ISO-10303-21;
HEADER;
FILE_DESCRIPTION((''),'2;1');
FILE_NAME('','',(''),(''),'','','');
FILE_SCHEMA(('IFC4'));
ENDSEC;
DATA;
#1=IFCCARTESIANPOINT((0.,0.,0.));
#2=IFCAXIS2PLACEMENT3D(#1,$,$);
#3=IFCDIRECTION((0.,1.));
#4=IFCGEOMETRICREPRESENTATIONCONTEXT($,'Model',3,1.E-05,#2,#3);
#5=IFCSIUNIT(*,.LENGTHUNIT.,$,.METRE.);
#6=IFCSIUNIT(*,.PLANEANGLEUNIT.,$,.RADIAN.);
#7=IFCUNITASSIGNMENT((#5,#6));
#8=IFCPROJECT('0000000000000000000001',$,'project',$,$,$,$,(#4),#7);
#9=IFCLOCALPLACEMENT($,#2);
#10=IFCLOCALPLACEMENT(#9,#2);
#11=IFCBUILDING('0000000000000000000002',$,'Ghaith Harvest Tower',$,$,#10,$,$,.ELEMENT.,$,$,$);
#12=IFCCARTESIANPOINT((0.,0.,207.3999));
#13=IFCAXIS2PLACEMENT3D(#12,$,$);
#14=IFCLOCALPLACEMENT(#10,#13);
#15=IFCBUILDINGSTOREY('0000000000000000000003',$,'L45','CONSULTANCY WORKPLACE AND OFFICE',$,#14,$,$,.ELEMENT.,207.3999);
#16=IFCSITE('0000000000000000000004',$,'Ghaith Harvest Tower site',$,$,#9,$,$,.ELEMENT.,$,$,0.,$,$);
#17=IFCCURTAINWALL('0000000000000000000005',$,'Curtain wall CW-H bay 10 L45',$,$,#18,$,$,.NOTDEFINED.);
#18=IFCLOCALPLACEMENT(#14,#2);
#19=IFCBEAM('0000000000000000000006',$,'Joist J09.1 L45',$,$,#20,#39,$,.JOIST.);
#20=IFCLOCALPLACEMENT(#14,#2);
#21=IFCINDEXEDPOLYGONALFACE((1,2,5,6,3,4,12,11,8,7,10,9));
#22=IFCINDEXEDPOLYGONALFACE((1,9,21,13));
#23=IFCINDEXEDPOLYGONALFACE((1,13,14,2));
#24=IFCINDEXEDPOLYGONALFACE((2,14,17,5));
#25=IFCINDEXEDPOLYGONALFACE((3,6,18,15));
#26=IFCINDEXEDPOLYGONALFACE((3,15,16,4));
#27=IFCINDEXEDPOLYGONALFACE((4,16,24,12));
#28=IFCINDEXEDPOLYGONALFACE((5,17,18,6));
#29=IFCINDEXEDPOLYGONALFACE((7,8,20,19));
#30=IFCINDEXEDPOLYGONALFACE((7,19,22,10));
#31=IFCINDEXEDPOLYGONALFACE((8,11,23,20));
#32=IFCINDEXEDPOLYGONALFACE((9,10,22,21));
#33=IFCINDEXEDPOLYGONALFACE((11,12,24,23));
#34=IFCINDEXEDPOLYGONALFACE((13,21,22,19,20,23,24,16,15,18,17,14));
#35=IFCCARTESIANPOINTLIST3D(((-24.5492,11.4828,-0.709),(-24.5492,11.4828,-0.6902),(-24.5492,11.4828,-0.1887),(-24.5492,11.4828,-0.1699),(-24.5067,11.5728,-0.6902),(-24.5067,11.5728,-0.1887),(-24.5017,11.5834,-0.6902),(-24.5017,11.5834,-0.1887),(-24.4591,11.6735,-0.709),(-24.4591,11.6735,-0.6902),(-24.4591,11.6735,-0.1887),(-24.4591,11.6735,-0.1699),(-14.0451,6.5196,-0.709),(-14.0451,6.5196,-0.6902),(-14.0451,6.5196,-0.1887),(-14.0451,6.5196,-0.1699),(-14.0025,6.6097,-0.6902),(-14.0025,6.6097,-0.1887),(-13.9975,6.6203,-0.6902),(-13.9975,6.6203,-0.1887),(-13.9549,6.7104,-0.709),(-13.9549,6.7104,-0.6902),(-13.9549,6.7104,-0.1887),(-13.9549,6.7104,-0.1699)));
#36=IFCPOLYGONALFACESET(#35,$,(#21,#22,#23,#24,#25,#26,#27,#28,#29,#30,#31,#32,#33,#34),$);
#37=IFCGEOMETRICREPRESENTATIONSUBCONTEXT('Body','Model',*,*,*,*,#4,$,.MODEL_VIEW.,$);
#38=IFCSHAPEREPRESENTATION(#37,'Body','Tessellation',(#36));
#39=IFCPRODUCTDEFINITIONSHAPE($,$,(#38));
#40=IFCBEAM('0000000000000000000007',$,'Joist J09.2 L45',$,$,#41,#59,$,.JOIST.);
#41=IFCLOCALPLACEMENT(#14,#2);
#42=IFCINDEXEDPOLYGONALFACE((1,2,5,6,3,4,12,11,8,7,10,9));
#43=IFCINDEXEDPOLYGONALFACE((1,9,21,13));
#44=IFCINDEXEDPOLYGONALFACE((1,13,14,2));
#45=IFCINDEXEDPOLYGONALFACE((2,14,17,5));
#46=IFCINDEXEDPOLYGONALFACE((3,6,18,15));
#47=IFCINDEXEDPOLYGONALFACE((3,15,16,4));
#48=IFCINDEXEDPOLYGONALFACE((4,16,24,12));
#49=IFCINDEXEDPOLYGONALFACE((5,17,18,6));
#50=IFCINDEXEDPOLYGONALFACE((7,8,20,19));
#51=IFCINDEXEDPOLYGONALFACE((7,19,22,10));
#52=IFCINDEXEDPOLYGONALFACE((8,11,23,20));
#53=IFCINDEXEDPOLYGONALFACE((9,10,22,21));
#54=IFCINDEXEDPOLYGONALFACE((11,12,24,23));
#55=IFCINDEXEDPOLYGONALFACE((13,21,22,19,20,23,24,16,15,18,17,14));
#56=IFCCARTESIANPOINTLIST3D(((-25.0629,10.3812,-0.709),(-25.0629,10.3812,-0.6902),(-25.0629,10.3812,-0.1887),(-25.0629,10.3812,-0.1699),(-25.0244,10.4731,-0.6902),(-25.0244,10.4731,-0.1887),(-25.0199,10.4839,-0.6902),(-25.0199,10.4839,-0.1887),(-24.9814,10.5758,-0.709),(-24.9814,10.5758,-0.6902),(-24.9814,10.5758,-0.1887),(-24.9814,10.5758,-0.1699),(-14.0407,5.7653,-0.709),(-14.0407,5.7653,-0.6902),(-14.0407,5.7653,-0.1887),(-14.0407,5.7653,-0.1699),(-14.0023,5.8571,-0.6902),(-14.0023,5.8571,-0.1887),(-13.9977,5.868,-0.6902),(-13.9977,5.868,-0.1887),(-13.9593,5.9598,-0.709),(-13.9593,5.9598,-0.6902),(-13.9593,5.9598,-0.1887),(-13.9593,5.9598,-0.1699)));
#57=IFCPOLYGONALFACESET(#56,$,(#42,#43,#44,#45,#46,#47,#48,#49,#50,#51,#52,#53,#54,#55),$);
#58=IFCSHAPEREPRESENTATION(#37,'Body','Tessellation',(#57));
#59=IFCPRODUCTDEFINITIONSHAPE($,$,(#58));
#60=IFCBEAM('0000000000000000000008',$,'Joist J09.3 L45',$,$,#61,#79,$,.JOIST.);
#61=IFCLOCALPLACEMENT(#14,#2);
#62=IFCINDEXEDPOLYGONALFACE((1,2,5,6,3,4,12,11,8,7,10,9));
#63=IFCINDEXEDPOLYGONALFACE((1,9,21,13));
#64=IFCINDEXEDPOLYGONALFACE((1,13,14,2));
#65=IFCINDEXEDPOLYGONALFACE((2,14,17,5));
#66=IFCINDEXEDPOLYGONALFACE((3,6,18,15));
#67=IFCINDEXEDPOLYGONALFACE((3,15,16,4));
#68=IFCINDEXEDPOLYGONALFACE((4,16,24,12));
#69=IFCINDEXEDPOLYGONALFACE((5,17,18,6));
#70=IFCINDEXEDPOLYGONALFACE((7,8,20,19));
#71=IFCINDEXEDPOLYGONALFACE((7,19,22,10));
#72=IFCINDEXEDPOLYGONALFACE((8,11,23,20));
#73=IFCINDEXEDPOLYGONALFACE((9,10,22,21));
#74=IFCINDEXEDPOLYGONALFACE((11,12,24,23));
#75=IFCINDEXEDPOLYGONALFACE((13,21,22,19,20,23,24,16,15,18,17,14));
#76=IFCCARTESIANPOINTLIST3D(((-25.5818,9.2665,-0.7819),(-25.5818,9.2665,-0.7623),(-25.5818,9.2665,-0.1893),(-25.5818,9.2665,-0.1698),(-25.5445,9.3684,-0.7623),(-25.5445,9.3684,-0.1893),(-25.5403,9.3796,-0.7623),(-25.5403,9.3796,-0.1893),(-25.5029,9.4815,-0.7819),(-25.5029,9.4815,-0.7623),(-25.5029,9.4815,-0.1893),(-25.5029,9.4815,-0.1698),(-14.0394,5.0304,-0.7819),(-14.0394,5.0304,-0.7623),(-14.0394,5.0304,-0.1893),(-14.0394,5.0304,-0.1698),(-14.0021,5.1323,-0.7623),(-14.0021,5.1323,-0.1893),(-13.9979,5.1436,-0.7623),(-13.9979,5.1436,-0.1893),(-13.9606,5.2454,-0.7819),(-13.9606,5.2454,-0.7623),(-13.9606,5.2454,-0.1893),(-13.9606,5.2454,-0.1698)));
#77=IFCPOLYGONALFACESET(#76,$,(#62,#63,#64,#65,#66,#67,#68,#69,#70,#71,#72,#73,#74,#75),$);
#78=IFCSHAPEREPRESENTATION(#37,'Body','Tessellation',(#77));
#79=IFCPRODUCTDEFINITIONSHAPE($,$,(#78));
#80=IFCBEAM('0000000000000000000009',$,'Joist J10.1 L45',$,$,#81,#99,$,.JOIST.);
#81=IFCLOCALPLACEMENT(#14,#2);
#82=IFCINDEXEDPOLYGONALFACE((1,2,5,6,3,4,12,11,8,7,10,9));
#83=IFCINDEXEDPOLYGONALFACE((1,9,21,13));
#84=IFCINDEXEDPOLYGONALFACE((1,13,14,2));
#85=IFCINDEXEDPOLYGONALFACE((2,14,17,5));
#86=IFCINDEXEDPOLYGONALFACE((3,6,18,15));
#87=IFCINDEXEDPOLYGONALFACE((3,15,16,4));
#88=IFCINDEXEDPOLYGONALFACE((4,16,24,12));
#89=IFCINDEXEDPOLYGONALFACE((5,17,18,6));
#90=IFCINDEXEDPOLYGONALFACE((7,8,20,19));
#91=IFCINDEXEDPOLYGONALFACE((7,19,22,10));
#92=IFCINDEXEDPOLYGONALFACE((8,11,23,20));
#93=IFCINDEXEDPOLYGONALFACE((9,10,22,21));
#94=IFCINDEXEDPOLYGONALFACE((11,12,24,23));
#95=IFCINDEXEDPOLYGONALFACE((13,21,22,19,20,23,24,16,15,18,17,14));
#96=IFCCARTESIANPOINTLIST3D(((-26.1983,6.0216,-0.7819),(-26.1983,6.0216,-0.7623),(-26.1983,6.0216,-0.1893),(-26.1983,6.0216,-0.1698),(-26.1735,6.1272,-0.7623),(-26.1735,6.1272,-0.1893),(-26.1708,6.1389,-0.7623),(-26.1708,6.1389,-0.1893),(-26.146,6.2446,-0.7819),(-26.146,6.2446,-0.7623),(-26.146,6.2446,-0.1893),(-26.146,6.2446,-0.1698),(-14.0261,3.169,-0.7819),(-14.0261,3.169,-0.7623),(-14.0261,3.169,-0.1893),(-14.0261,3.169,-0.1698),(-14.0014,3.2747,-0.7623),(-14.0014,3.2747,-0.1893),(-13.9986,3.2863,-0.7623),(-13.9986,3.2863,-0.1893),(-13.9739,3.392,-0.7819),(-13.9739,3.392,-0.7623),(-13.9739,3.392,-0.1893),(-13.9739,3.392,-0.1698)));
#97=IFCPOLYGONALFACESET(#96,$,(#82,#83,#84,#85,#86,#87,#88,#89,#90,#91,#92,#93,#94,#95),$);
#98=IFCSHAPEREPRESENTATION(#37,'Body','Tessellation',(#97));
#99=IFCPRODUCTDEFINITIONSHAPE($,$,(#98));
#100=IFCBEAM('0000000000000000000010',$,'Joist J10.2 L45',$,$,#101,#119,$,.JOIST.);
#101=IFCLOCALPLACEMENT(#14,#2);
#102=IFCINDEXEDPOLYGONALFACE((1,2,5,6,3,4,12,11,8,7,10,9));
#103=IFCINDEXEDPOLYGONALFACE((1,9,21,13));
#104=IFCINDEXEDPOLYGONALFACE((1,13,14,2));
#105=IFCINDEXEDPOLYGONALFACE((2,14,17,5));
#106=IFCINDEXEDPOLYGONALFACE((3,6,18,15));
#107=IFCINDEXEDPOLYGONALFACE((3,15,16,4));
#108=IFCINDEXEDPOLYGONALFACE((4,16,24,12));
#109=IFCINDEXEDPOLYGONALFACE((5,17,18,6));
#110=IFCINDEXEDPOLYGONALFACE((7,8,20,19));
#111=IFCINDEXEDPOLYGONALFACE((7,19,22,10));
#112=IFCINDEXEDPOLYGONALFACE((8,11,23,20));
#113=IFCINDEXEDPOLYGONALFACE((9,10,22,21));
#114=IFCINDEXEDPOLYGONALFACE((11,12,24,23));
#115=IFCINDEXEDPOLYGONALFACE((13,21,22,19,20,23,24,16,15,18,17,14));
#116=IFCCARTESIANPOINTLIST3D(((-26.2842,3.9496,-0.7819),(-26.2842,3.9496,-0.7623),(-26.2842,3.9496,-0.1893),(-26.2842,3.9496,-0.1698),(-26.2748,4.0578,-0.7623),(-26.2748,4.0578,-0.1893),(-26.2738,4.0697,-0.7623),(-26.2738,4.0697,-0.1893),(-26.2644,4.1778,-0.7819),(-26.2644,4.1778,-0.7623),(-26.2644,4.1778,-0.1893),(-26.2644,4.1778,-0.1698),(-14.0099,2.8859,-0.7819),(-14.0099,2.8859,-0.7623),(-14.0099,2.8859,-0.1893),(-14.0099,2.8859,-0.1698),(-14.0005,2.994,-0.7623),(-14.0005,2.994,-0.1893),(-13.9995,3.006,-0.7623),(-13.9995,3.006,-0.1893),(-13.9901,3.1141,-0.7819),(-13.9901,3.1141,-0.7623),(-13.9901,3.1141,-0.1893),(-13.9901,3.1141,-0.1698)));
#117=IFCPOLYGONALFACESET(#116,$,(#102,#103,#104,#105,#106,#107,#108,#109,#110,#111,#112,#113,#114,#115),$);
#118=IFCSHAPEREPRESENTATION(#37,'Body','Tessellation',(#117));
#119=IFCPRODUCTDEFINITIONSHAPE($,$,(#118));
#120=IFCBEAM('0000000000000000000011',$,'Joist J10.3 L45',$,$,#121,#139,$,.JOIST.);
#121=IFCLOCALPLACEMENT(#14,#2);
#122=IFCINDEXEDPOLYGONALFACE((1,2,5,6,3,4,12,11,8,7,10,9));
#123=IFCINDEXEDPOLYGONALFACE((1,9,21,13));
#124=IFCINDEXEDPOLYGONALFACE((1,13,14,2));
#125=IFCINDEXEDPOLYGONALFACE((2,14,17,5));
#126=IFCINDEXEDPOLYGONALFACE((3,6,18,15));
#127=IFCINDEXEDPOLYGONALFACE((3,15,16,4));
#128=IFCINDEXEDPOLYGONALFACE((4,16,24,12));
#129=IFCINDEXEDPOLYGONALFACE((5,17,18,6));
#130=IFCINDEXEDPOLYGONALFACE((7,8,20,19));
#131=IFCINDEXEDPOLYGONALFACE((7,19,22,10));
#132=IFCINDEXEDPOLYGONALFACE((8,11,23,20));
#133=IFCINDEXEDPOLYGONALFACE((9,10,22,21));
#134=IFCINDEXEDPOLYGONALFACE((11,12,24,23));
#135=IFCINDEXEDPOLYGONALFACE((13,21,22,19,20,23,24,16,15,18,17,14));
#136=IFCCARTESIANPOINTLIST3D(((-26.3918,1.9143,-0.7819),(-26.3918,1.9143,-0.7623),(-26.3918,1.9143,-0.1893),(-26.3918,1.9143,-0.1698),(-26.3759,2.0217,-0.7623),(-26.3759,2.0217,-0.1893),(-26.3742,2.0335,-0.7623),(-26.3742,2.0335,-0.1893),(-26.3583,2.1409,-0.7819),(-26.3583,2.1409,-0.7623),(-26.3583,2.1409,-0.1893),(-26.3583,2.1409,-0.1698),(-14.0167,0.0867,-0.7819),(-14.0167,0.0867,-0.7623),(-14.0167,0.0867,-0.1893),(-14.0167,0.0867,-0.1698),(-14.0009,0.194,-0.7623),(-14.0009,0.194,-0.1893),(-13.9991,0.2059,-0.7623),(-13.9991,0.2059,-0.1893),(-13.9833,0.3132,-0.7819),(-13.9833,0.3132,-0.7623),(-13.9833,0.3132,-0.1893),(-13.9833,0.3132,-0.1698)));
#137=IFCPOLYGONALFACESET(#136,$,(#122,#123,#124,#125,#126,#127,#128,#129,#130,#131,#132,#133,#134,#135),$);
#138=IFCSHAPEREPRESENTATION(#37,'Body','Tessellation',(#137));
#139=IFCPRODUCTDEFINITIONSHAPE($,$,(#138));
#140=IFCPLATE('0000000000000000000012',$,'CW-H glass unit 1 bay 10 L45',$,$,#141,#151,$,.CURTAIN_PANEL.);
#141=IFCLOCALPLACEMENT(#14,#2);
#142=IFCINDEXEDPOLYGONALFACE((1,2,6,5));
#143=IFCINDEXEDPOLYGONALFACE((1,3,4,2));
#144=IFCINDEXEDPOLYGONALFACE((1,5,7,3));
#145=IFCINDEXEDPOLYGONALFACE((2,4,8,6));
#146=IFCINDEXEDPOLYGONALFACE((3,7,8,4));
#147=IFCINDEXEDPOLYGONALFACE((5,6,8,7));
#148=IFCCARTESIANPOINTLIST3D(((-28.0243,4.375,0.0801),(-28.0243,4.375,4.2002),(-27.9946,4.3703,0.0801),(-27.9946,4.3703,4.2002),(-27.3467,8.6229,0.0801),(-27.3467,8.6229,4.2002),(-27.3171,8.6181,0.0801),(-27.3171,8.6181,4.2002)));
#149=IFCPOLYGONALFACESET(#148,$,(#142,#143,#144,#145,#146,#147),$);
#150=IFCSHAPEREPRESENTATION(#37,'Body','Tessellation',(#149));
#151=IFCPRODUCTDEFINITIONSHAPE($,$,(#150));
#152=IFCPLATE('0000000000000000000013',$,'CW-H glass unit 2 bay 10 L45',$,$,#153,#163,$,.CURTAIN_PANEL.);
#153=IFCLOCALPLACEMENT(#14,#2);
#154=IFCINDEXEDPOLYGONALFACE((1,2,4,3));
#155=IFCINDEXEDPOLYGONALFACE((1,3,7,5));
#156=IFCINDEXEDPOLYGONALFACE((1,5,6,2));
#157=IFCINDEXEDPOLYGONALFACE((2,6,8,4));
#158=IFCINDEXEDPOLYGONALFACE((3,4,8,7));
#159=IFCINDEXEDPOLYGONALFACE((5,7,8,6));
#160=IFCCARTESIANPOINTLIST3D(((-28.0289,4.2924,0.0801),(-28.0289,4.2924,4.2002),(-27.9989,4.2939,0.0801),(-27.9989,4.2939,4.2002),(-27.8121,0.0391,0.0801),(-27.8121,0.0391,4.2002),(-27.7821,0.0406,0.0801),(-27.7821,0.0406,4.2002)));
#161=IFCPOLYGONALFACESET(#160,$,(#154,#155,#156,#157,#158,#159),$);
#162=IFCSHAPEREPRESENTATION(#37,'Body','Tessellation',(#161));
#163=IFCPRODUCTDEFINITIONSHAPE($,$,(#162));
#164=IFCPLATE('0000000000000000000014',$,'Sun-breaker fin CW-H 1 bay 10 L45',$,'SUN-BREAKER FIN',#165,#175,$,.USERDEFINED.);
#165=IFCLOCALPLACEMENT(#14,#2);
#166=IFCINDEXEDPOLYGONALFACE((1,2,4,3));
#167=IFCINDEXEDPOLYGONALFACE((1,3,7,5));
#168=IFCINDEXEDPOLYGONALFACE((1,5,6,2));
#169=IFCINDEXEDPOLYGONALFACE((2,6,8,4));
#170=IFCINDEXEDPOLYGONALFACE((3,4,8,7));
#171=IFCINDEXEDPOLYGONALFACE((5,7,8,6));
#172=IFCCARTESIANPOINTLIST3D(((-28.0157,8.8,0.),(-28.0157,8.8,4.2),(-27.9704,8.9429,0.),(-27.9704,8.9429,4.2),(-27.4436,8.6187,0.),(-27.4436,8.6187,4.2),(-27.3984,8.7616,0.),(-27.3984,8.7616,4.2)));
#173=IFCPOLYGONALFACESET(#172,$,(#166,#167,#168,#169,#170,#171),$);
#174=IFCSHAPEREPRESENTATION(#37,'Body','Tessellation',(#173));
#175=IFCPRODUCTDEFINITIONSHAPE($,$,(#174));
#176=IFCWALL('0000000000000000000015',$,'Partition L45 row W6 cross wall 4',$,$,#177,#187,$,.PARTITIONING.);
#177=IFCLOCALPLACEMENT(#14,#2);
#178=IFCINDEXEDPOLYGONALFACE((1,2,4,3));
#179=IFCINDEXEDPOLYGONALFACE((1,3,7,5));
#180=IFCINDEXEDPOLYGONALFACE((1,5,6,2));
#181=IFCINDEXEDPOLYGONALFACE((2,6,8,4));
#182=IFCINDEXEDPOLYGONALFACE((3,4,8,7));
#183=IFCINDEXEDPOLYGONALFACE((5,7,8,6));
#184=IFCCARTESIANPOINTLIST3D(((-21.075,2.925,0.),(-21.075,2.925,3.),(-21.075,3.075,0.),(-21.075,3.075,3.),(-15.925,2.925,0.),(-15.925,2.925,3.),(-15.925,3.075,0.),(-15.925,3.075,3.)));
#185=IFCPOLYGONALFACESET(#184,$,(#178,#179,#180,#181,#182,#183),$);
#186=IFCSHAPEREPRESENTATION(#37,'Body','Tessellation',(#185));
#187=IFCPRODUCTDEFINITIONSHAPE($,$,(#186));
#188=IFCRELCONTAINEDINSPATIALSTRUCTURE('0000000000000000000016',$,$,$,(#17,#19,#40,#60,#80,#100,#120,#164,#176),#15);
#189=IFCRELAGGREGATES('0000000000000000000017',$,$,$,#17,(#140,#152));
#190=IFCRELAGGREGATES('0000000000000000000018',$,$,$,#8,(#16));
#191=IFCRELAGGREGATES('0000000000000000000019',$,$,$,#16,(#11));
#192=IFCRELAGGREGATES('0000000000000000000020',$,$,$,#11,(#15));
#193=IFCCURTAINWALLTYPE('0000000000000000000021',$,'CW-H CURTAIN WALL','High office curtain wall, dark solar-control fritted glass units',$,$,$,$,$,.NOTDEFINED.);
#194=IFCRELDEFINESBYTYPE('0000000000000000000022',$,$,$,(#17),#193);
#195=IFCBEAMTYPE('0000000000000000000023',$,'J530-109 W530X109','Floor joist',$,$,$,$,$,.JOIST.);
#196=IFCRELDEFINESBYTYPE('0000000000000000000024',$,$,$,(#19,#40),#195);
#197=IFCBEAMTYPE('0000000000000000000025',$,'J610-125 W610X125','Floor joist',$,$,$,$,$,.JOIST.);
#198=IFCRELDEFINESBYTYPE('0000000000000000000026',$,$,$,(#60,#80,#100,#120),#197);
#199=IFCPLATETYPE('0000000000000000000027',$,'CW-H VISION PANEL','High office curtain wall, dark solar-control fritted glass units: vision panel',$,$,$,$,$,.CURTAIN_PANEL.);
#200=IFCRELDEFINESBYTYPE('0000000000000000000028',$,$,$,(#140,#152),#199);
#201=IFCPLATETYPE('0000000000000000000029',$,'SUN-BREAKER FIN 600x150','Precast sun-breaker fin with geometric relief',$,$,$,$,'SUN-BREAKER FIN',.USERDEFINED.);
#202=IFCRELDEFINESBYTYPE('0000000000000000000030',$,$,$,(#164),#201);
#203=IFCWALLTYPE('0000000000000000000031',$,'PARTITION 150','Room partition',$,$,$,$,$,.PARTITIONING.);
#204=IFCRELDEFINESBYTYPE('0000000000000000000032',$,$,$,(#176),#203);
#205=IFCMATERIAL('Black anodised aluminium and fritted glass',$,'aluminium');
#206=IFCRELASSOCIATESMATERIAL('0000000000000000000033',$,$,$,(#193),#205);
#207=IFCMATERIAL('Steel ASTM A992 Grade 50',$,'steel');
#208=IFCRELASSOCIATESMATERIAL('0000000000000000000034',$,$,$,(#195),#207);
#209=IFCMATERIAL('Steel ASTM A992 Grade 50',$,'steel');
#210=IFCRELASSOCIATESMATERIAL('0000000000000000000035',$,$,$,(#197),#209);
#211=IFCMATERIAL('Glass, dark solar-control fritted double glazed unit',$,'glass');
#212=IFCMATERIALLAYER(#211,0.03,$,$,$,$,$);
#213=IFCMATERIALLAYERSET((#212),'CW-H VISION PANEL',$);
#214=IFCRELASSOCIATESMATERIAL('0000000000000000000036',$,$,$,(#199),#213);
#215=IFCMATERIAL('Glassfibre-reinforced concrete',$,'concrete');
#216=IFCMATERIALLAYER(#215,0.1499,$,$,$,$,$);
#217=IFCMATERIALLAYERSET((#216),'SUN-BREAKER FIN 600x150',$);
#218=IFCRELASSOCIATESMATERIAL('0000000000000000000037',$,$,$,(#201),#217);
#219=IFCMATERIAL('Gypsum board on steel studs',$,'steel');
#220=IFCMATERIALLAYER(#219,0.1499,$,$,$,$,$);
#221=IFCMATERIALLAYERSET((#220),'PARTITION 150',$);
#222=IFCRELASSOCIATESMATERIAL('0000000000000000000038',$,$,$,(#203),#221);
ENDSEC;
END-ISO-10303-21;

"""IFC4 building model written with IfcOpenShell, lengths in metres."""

from ifc_helpers import new_model, si_unit, direction, frame, frame_2d, origin, origin_2d, place, context, subcontext, project, spatial, rectangle, i_section, extrude, material, layer, layer_set, material_profile, profile_set, type_object, element, aggregate, save


model = new_model("IFC4")

# Units and contexts
model_context = context("Model", 3, precision=1e-05, world=origin(), true_north=direction((0.0, 1.0)))
body_context = subcontext(model_context, "Body", "Model", "MODEL_VIEW")
ifc_project = project(units=[si_unit("LENGTHUNIT", "METRE"), si_unit("PLANEANGLEUNIT", "RADIAN")], contexts=[model_context])

# Site, building, storey
site_placement = place(None, origin())
site = spatial("IfcSite", under=ifc_project, at=site_placement, Name="Ghaith Harvest Tower site", CompositionType="ELEMENT", RefElevation=0.0)
building_placement = place(site_placement, origin())
building = spatial("IfcBuilding", under=site, at=building_placement, Name="Ghaith Harvest Tower", CompositionType="ELEMENT")
storey_placement = place(building_placement, frame((0.0, 0.0, 207.3999)))
storey = spatial("IfcBuildingStorey", under=building, at=storey_placement, Name="L45", Description="CONSULTANCY WORKPLACE AND OFFICE", CompositionType="ELEMENT", Elevation=207.3999)

# Curtain wall
ifc_material_1 = material(Name="Black anodised aluminium and fritted glass", Category="aluminium")
curtain_wall_type = type_object("IfcCurtainWallType", Name="CW-H CURTAIN WALL", Description="High office curtain wall, dark solar-control fritted glass units", PredefinedType="NOTDEFINED", material=ifc_material_1)
curtain_wall_placement = place(storey_placement, origin())
curtain_wall = element("IfcCurtainWall", 1, at=curtain_wall_placement, inside=storey, type_object=curtain_wall_type, Name="Curtain wall CW-H bay 10 L45", PredefinedType="NOTDEFINED")

# Beams
ifc_material_2 = material(Name="Steel ASTM A992 Grade 50", Category="steel")
ifc_material_profile_1 = material_profile(ifc_material_2, i_section(OverallWidth=0.2109, OverallDepth=0.5391, WebThickness=0.0117, FlangeThickness=0.0188, at=origin_2d()), Name="W530X109")
ifc_profile_set_1 = profile_set([ifc_material_profile_1], Name="Steel ASTM A992 Grade 50")
beam_type_1 = type_object("IfcBeamType", Name="J530-109 W530X109", Description="Floor joist", PredefinedType="JOIST", material=ifc_profile_set_1)
beam_1_placement = place(storey_placement, frame((-14.0, 6.615, -0.4395), z_axis=(-0.904154, 0.427206, 0.0), x_axis=(-0.427206, -0.904154, 0.0)))
element("IfcBeam", 2, at=beam_1_placement, inside=storey, type_object=beam_type_1, Name="Joist J09.1 L45", PredefinedType="JOIST", context=body_context, shape_type="SweptSolid", body=[
    extrude(i_section(OverallWidth=0.2109, OverallDepth=0.5391, WebThickness=0.0117, FlangeThickness=0.0188, at=origin_2d()), origin(), (0.0, 0.0, 1.0), 11.6177),
])
beam_2_placement = place(storey_placement, frame((-14.0, 5.8625, -0.4395), z_axis=(-0.922381, 0.386282, 0.0), x_axis=(-0.386282, -0.922381, 0.0)))
element("IfcBeam", 3, at=beam_2_placement, inside=storey, type_object=beam_type_1, Name="Joist J09.2 L45", PredefinedType="JOIST", context=body_context, shape_type="SweptSolid", body=[
    extrude(i_section(OverallWidth=0.2109, OverallDepth=0.5391, WebThickness=0.0117, FlangeThickness=0.0188, at=origin_2d()), origin(), (0.0, 0.0, 1.0), 11.9497),
])
ifc_material_3 = material(Name="Steel ASTM A992 Grade 50", Category="steel")
ifc_material_profile_2 = material_profile(ifc_material_3, i_section(OverallWidth=0.229, OverallDepth=0.6121, WebThickness=0.012, FlangeThickness=0.0195, at=origin_2d()), Name="W610X125")
ifc_profile_set_2 = profile_set([ifc_material_profile_2], Name="Steel ASTM A992 Grade 50")
beam_type_2 = type_object("IfcBeamType", Name="J610-125 W610X125", Description="Floor joist", PredefinedType="JOIST", material=ifc_profile_set_2)
beam_3_placement = place(storey_placement, frame((-14.0, 5.1379, -0.4758), z_axis=(-0.938775, 0.34453, 0.0), x_axis=(-0.34453, -0.938775, 0.0)))
element("IfcBeam", 4, at=beam_3_placement, inside=storey, type_object=beam_type_2, Name="Joist J09.3 L45", PredefinedType="JOIST", context=body_context, shape_type="SweptSolid", body=[
    extrude(i_section(OverallWidth=0.229, OverallDepth=0.6121, WebThickness=0.012, FlangeThickness=0.0195, at=origin_2d()), origin(), (0.0, 0.0, 1.0), 12.2952),
])
beam_4_placement = place(storey_placement, frame((-14.0, 3.2805, -0.4758), z_axis=(-0.973622, 0.228168, 0.0), x_axis=(-0.228168, -0.973622, 0.0)))
element("IfcBeam", 5, at=beam_4_placement, inside=storey, type_object=beam_type_2, Name="Joist J10.1 L45", PredefinedType="JOIST", context=body_context, shape_type="SweptSolid", body=[
    extrude(i_section(OverallWidth=0.229, OverallDepth=0.6121, WebThickness=0.012, FlangeThickness=0.0195, at=origin_2d()), origin(), (0.0, 0.0, 1.0), 12.502),
])
beam_5_placement = place(storey_placement, frame((-14.0, 3.0, -0.4758), z_axis=(-0.996266, 0.086338, 0.0), x_axis=(-0.086338, -0.996266, 0.0)))
element("IfcBeam", 6, at=beam_5_placement, inside=storey, type_object=beam_type_2, Name="Joist J10.2 L45", PredefinedType="JOIST", context=body_context, shape_type="SweptSolid", body=[
    extrude(i_section(OverallWidth=0.229, OverallDepth=0.6121, WebThickness=0.012, FlangeThickness=0.0195, at=origin_2d()), origin(), (0.0, 0.0, 1.0), 12.3203),
])
beam_6_placement = place(storey_placement, frame((-14.0, 0.2, -0.4758), z_axis=(-0.989269, 0.146103, 0.0), x_axis=(-0.146103, -0.989269, 0.0)))
element("IfcBeam", 7, at=beam_6_placement, inside=storey, type_object=beam_type_2, Name="Joist J10.3 L45", PredefinedType="JOIST", context=body_context, shape_type="SweptSolid", body=[
    extrude(i_section(OverallWidth=0.229, OverallDepth=0.6121, WebThickness=0.012, FlangeThickness=0.0195, at=origin_2d()), origin(), (0.0, 0.0, 1.0), 12.5093),
])

# Plates
ifc_material_4 = material(Name="Glass, dark solar-control fritted double glazed unit", Category="glass")
ifc_layer_1 = layer(ifc_material_4, 0.03)
ifc_layer_set_1 = layer_set([ifc_layer_1], Name="CW-H VISION PANEL")
plate_type_1 = type_object("IfcPlateType", Name="CW-H VISION PANEL", Description="High office curtain wall, dark solar-control fritted glass units: vision panel", PredefinedType="CURTAIN_PANEL", material=ifc_layer_set_1)
plate_1_placement = place(storey_placement, frame((-27.6707, 6.4966, 0.0801), z_axis=(0.0, 0.0, 1.0), x_axis=(-0.157514, -0.987517, 0.0)))
plate_1 = element("IfcPlate", 8, at=plate_1_placement, type_object=plate_type_1, Name="CW-H glass unit 1 bay 10 L45", PredefinedType="CURTAIN_PANEL", context=body_context, shape_type="SweptSolid", body=[
    extrude(rectangle(XDim=4.3015, YDim=0.03, at=origin_2d()), origin(), (0.0, 0.0, 1.0), 4.1201),
])
plate_2_placement = place(storey_placement, frame((-27.9055, 2.1665, 0.0801), z_axis=(0.0, 0.0, 1.0), x_axis=(0.050895, -0.998704, 0.0)))
plate_2 = element("IfcPlate", 9, at=plate_2_placement, type_object=plate_type_1, Name="CW-H glass unit 2 bay 10 L45", PredefinedType="CURTAIN_PANEL", context=body_context, shape_type="SweptSolid", body=[
    extrude(rectangle(XDim=4.2588, YDim=0.03, at=origin_2d()), origin(), (0.0, 0.0, 1.0), 4.1201),
])
aggregate(curtain_wall, [plate_1, plate_2])
ifc_material_5 = material(Name="Glassfibre-reinforced concrete", Category="concrete")
ifc_layer_2 = layer(ifc_material_5, 0.1499)
ifc_layer_set_2 = layer_set([ifc_layer_2], Name="SUN-BREAKER FIN 600x150")
plate_type_2 = type_object("IfcPlateType", Name="SUN-BREAKER FIN 600x150", Description="Precast sun-breaker fin with geometric relief", ElementType="SUN-BREAKER FIN", PredefinedType="USERDEFINED", material=ifc_layer_set_2)
plate_3_placement = place(storey_placement, frame((-27.707, 8.7808, 0.0), z_axis=(0.0, 0.0, 1.0), x_axis=(-0.953273, 0.30211, 0.0)))
element("IfcPlate", 10, at=plate_3_placement, inside=storey, type_object=plate_type_2, Name="Sun-breaker fin CW-H 1 bay 10 L45", ObjectType="SUN-BREAKER FIN", PredefinedType="USERDEFINED", context=body_context, shape_type="SweptSolid", body=[
    extrude(rectangle(XDim=0.6001, YDim=0.1499, at=origin_2d()), origin(), (0.0, 0.0, 1.0), 4.2),
])

# Wall
ifc_material_6 = material(Name="Gypsum board on steel studs", Category="steel")
ifc_layer_3 = layer(ifc_material_6, 0.1499)
ifc_layer_set_3 = layer_set([ifc_layer_3], Name="PARTITION 150")
wall_type_1 = type_object("IfcWallType", Name="PARTITION 150", Description="Room partition", PredefinedType="PARTITIONING", material=ifc_layer_set_3)
for number, where, z_axis, x_axis, name in (
    (11, (-15.925, 3.0, 0.0), (0.0, 0.0, 1.0), (-1.0, 0.0, 0.0), "Partition L45 row W6 cross wall 4"),
):
    element("IfcWall", number, at=place(storey_placement, frame(where, z_axis=z_axis, x_axis=x_axis)), inside=storey, type_object=wall_type_1, Name=name, PredefinedType="PARTITIONING", context=body_context, shape_type="SweptSolid", body=[
        extrude(rectangle(XDim=5.1499, YDim=0.1499, at=frame_2d((2.575, 0.0))), origin(), (0.0, 0.0, 1.0), 3.0),
    ])

save(model, "model.ifc")
